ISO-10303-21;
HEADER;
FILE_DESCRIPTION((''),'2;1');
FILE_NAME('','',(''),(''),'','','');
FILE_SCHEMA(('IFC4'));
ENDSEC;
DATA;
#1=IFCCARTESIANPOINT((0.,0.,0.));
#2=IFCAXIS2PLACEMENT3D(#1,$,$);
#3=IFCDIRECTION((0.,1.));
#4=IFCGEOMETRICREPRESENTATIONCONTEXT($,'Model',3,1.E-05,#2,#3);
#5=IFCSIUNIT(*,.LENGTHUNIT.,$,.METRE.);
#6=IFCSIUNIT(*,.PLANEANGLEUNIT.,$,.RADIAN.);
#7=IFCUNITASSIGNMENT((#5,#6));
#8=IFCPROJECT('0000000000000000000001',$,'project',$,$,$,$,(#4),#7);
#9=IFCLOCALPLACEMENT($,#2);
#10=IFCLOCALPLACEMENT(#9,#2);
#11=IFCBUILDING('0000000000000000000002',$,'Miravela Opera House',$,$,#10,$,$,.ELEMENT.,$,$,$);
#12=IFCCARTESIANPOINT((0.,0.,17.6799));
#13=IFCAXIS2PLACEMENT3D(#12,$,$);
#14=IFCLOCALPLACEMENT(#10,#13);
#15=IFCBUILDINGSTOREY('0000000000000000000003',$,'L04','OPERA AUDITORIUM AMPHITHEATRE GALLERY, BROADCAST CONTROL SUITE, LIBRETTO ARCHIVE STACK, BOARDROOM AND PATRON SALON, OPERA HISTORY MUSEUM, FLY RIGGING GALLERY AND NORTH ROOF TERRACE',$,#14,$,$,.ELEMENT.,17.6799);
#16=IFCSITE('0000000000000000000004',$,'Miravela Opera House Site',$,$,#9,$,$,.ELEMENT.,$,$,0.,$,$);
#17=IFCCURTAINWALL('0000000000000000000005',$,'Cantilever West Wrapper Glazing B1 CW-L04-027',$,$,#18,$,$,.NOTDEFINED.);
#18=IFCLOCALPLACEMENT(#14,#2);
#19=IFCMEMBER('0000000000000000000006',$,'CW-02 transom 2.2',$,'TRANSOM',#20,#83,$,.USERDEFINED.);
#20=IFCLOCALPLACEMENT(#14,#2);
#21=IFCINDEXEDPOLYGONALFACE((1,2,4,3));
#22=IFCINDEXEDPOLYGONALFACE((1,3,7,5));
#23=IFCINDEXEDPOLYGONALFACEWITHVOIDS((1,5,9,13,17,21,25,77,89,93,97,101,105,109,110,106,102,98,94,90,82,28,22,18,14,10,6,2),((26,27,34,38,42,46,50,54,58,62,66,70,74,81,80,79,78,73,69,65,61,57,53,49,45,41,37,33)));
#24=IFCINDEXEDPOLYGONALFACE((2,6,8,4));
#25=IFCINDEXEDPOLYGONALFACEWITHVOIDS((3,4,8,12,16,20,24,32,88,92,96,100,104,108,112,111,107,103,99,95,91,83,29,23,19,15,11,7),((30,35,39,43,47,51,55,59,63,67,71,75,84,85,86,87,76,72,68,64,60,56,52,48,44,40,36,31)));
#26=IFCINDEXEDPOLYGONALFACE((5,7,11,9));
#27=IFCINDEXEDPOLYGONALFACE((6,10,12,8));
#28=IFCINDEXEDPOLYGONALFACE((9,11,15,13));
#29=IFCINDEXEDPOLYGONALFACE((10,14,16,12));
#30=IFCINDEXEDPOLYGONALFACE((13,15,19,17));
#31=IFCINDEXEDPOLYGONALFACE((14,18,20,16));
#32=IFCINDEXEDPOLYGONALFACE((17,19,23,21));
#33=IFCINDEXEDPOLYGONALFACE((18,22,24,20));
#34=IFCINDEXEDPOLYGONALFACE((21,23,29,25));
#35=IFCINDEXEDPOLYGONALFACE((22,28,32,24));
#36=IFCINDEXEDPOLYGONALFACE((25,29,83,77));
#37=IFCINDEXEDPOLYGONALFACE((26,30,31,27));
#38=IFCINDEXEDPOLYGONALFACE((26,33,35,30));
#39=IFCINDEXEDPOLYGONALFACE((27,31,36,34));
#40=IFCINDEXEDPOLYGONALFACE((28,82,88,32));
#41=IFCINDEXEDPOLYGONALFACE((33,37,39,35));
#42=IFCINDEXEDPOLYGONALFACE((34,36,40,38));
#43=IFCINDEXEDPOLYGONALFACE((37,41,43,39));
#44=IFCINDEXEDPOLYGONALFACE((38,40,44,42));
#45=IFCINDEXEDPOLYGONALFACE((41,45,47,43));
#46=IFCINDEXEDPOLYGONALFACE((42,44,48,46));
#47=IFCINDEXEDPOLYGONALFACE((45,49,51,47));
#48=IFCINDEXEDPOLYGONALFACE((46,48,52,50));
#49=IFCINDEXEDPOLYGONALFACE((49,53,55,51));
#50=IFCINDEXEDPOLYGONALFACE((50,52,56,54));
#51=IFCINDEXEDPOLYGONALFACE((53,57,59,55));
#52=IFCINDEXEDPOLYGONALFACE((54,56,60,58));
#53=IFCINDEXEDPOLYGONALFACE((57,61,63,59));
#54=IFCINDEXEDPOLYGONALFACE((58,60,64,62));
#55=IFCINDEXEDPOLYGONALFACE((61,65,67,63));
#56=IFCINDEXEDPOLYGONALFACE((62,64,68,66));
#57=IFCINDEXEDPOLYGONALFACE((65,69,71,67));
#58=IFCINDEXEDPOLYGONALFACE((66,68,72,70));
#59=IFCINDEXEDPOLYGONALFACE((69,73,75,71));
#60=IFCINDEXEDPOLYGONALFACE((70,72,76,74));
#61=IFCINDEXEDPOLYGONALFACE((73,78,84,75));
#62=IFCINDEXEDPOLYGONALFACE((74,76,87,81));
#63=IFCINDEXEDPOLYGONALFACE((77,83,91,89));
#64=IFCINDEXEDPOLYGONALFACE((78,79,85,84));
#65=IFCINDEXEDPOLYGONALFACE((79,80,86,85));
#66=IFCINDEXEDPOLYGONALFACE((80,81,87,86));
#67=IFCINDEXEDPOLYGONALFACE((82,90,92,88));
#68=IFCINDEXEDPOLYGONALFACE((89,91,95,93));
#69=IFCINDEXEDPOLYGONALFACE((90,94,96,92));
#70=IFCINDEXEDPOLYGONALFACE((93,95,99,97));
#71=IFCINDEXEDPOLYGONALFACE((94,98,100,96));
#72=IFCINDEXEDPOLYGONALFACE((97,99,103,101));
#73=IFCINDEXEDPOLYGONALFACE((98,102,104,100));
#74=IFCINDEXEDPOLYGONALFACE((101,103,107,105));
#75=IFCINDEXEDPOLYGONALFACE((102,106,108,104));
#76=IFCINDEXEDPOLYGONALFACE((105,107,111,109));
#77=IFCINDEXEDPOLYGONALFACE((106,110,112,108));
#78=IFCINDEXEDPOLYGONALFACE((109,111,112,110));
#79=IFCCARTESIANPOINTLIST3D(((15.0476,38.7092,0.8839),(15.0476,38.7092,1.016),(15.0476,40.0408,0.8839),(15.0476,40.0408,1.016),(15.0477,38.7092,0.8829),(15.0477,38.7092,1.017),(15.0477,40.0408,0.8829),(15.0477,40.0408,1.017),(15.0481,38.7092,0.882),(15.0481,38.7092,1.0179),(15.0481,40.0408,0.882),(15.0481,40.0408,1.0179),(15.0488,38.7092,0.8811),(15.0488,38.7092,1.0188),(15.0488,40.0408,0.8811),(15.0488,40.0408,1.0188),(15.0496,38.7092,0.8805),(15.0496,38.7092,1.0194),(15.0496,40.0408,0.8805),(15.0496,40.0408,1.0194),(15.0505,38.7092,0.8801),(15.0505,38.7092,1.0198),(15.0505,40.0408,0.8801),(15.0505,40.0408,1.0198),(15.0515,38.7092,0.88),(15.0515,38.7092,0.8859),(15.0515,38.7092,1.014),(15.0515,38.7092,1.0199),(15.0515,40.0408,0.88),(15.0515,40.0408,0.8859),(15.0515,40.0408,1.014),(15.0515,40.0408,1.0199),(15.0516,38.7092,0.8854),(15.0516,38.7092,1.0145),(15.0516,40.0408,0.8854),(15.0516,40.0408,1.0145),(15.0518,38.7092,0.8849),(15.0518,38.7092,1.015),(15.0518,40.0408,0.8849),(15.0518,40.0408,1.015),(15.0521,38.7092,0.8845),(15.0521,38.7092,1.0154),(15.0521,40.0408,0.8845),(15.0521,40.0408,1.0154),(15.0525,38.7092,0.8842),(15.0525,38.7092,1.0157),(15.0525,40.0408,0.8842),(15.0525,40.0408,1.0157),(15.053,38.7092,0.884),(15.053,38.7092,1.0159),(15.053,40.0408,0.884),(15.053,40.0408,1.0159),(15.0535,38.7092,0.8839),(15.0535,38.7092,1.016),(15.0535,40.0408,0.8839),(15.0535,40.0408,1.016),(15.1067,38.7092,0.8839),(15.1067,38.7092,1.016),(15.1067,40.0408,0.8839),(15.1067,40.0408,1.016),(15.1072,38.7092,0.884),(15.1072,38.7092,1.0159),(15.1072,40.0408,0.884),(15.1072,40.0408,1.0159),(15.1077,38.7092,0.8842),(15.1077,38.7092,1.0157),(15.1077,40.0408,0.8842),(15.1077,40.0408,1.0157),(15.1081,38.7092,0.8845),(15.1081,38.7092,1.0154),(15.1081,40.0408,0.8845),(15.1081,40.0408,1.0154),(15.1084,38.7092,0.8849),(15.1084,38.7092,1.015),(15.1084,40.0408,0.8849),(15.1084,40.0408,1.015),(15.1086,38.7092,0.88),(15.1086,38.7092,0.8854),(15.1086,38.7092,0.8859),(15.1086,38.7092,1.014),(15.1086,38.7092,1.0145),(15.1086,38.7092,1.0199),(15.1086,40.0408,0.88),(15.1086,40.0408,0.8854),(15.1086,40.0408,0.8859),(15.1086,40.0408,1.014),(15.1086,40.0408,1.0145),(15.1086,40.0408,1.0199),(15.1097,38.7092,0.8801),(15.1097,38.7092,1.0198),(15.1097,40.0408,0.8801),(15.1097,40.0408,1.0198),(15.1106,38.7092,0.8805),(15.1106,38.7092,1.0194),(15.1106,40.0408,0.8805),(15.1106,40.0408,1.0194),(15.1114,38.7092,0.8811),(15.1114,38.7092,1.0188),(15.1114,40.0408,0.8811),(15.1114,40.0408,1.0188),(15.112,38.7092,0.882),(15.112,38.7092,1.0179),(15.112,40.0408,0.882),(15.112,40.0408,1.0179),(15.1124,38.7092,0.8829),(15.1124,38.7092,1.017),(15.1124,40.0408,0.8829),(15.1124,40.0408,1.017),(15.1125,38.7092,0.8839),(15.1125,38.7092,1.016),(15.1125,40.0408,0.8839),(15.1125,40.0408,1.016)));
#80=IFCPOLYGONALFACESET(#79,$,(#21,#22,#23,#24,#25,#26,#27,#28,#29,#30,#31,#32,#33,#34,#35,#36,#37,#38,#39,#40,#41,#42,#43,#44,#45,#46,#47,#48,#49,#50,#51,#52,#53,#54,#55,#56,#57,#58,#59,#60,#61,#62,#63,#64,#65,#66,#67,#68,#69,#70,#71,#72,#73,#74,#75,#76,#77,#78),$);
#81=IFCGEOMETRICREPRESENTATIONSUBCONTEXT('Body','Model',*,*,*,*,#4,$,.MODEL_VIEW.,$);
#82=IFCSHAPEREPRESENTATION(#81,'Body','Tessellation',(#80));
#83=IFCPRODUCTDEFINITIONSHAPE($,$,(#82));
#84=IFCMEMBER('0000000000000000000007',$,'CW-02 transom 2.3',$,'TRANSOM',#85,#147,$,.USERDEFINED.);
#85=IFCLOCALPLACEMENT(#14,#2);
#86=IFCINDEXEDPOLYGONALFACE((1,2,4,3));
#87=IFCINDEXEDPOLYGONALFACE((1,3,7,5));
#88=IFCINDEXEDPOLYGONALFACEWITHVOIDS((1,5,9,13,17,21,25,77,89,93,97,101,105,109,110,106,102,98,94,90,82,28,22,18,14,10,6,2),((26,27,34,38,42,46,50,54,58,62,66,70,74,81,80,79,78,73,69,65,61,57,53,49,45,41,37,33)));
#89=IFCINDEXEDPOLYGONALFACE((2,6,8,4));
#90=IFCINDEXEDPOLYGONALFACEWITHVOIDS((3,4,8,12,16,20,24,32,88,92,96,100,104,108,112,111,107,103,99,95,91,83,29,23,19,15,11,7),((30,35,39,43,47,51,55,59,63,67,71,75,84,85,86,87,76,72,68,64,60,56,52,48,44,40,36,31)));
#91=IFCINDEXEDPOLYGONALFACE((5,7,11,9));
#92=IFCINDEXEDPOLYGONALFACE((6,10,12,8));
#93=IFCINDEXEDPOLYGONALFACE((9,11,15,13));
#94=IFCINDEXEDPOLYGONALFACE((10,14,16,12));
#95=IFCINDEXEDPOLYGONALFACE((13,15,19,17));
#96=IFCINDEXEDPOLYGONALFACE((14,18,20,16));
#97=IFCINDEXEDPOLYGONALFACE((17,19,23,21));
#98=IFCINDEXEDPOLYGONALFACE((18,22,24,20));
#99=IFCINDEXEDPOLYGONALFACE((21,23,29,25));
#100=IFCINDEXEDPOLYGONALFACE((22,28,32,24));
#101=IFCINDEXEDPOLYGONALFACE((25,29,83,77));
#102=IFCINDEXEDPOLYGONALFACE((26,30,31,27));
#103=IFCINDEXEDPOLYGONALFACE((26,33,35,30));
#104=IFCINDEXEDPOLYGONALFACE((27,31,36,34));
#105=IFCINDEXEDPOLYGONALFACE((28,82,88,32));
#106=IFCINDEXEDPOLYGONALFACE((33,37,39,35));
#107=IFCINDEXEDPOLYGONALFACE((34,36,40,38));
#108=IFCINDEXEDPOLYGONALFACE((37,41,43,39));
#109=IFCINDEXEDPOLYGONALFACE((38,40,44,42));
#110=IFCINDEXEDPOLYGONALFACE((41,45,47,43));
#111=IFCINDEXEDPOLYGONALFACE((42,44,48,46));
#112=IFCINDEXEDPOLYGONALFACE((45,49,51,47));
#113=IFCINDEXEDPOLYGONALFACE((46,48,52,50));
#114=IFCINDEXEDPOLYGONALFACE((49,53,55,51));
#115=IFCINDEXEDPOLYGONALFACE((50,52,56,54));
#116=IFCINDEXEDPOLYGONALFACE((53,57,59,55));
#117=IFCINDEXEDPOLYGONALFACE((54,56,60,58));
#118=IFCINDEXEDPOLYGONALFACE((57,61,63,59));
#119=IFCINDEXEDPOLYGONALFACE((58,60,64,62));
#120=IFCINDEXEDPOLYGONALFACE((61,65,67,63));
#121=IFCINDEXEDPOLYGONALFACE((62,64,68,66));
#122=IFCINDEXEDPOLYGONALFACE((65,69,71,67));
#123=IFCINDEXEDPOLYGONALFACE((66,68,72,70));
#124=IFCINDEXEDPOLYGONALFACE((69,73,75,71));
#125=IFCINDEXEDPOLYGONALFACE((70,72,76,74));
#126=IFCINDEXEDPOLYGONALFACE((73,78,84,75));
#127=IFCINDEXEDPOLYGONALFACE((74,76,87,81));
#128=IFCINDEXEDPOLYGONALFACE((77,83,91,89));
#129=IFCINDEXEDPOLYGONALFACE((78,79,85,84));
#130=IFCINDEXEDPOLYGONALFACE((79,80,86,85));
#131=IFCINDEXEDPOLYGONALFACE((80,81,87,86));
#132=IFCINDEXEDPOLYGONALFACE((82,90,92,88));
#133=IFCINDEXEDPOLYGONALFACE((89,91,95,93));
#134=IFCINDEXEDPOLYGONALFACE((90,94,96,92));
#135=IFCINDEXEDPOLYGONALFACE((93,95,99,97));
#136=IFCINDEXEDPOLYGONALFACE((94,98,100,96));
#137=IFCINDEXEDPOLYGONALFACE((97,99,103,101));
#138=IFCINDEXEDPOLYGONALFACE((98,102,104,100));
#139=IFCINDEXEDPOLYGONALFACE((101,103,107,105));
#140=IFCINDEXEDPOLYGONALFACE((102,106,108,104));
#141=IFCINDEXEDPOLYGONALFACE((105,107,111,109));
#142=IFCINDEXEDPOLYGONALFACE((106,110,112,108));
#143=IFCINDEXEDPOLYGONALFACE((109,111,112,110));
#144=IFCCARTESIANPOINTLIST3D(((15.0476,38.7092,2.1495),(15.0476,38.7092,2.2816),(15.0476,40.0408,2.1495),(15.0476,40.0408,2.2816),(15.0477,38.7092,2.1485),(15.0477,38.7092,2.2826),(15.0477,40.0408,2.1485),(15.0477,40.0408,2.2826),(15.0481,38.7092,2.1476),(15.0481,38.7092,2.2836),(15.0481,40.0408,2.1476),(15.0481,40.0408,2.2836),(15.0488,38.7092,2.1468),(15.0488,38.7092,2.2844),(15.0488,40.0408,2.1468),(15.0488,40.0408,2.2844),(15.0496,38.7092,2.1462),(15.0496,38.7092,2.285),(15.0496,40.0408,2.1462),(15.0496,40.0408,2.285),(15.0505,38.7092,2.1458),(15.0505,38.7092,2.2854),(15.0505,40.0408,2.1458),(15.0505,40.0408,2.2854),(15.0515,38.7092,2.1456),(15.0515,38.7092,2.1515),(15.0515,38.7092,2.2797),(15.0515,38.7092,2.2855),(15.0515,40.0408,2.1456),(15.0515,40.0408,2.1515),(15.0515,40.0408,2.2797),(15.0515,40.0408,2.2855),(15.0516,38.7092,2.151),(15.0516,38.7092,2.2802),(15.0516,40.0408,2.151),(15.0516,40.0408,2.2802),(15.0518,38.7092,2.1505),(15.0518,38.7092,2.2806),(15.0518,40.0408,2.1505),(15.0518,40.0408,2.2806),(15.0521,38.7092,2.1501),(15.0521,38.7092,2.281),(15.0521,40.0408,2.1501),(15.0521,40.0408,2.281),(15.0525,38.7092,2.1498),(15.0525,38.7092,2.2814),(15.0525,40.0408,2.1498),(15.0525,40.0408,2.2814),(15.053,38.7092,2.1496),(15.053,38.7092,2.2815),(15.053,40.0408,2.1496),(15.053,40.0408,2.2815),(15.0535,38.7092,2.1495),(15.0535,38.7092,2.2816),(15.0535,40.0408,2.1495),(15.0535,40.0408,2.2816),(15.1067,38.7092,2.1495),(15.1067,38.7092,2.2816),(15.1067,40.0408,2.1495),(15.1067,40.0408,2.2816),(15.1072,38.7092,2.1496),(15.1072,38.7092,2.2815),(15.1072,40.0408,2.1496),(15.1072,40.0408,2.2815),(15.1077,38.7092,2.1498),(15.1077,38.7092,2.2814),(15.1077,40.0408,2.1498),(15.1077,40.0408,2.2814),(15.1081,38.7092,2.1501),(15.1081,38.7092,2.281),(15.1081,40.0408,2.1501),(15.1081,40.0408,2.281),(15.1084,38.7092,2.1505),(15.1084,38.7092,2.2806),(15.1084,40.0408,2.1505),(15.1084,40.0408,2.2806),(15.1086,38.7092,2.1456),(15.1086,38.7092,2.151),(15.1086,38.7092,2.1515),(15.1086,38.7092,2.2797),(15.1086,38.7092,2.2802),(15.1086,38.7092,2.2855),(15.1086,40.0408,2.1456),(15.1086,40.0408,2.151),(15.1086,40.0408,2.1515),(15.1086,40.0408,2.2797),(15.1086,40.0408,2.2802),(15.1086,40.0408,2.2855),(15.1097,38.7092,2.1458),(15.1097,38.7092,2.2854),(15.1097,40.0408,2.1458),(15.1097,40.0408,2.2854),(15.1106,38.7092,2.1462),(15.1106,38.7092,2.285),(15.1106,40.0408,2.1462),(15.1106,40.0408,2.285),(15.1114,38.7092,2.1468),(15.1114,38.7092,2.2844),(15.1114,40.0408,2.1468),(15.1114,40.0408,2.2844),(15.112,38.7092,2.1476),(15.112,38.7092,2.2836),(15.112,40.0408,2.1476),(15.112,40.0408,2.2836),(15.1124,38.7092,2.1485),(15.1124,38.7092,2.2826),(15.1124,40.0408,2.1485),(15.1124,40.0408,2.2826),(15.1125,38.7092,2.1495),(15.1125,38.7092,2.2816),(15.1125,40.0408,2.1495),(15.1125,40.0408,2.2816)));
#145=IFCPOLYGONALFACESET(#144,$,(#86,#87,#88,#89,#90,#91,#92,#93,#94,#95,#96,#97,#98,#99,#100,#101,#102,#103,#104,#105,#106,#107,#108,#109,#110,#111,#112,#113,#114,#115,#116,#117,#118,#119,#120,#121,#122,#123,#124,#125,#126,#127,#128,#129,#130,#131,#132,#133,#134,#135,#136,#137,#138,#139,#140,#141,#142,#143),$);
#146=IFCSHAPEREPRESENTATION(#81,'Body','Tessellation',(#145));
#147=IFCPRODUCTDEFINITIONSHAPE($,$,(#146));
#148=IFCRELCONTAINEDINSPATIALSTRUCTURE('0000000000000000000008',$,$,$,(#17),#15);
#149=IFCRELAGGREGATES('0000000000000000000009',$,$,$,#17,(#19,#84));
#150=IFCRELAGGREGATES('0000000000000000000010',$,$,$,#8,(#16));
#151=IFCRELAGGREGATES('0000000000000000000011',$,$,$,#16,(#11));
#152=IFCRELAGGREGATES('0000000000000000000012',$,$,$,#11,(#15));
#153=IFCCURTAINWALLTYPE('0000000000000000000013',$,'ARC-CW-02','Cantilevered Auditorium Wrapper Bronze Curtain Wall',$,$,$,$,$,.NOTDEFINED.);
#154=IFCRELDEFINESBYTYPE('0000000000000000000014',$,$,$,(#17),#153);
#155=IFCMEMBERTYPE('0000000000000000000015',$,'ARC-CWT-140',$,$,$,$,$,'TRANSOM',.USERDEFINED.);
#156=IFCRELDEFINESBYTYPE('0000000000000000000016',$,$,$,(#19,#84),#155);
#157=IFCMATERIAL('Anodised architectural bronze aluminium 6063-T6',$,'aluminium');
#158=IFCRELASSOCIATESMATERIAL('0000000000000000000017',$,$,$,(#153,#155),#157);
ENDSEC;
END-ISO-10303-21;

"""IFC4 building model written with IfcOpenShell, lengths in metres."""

from ifc_helpers import new_model, si_unit, direction, frame, origin, origin_2d, place, context, subcontext, project, spatial, hollow_rectangle, extrude, material, material_profile, profile_set, type_object, element, aggregate, save


model = new_model("IFC4")

# Units and contexts
model_context = context("Model", 3, precision=1e-05, world=origin(), true_north=direction((0.0, 1.0)))
body_context = subcontext(model_context, "Body", "Model", "MODEL_VIEW")
ifc_project = project(units=[si_unit("LENGTHUNIT", "METRE"), si_unit("PLANEANGLEUNIT", "RADIAN")], contexts=[model_context])

# Site, building, storey
site_placement = place(None, origin())
site = spatial("IfcSite", under=ifc_project, at=site_placement, Name="Miravela Opera House Site", CompositionType="ELEMENT", RefElevation=0.0)
building_placement = place(site_placement, origin())
building = spatial("IfcBuilding", under=site, at=building_placement, Name="Miravela Opera House", CompositionType="ELEMENT")
storey_placement = place(building_placement, frame((0.0, 0.0, 17.6799)))
storey = spatial("IfcBuildingStorey", under=building, at=storey_placement, Name="L04", Description="OPERA AUDITORIUM AMPHITHEATRE GALLERY, BROADCAST CONTROL SUITE, LIBRETTO ARCHIVE STACK, BOARDROOM AND PATRON SALON, OPERA HISTORY MUSEUM, FLY RIGGING GALLERY AND NORTH ROOF TERRACE", CompositionType="ELEMENT", Elevation=17.6799)

# Curtain wall, members
ifc_material_1 = material(Name="Anodised architectural bronze aluminium 6063-T6", Category="aluminium")
curtain_wall_type = type_object("IfcCurtainWallType", Name="ARC-CW-02", Description="Cantilevered Auditorium Wrapper Bronze Curtain Wall", PredefinedType="NOTDEFINED", material=ifc_material_1)
curtain_wall_placement = place(storey_placement, origin())
curtain_wall = element("IfcCurtainWall", 1, at=curtain_wall_placement, inside=storey, type_object=curtain_wall_type, Name="Cantilever West Wrapper Glazing B1 CW-L04-027", PredefinedType="NOTDEFINED")
ifc_material_profile_1 = material_profile(ifc_material_1, hollow_rectangle(XDim=0.0649, YDim=0.1399, WallThickness=0.0039, InnerFilletRadius=0.002, OuterFilletRadius=0.0039, at=origin_2d()), Name="CWT-65X140")
ifc_profile_set_1 = profile_set([ifc_material_profile_1])
member_type_1 = type_object("IfcMemberType", Name="ARC-CWT-140", ElementType="TRANSOM", PredefinedType="USERDEFINED", material=ifc_profile_set_1)
member_1_placement = place(storey_placement, frame((15.0801, 38.7092, 0.95), z_axis=(0.0, 1.0, 0.0), x_axis=(-1.0, 0.0, 0.0)))
member_1 = element("IfcMember", 2, at=member_1_placement, type_object=member_type_1, Name="CW-02 transom 2.2", ObjectType="TRANSOM", PredefinedType="USERDEFINED", context=body_context, shape_type="SweptSolid", body=[
    extrude(hollow_rectangle(XDim=0.0649, YDim=0.1399, WallThickness=0.0039, InnerFilletRadius=0.002, OuterFilletRadius=0.0039, at=origin_2d()), origin(), (0.0, 0.0, 1.0), 1.3315),
])
member_2_placement = place(storey_placement, frame((15.0801, 38.7092, 2.2156), z_axis=(0.0, 1.0, 0.0), x_axis=(-1.0, 0.0, 0.0)))
member_2 = element("IfcMember", 3, at=member_2_placement, type_object=member_type_1, Name="CW-02 transom 2.3", ObjectType="TRANSOM", PredefinedType="USERDEFINED", context=body_context, shape_type="SweptSolid", body=[
    extrude(hollow_rectangle(XDim=0.0649, YDim=0.1399, WallThickness=0.0039, InnerFilletRadius=0.002, OuterFilletRadius=0.0039, at=origin_2d()), origin(), (0.0, 0.0, 1.0), 1.3315),
])

aggregate(curtain_wall, [member_1, member_2])

save(model, "model.ifc")
